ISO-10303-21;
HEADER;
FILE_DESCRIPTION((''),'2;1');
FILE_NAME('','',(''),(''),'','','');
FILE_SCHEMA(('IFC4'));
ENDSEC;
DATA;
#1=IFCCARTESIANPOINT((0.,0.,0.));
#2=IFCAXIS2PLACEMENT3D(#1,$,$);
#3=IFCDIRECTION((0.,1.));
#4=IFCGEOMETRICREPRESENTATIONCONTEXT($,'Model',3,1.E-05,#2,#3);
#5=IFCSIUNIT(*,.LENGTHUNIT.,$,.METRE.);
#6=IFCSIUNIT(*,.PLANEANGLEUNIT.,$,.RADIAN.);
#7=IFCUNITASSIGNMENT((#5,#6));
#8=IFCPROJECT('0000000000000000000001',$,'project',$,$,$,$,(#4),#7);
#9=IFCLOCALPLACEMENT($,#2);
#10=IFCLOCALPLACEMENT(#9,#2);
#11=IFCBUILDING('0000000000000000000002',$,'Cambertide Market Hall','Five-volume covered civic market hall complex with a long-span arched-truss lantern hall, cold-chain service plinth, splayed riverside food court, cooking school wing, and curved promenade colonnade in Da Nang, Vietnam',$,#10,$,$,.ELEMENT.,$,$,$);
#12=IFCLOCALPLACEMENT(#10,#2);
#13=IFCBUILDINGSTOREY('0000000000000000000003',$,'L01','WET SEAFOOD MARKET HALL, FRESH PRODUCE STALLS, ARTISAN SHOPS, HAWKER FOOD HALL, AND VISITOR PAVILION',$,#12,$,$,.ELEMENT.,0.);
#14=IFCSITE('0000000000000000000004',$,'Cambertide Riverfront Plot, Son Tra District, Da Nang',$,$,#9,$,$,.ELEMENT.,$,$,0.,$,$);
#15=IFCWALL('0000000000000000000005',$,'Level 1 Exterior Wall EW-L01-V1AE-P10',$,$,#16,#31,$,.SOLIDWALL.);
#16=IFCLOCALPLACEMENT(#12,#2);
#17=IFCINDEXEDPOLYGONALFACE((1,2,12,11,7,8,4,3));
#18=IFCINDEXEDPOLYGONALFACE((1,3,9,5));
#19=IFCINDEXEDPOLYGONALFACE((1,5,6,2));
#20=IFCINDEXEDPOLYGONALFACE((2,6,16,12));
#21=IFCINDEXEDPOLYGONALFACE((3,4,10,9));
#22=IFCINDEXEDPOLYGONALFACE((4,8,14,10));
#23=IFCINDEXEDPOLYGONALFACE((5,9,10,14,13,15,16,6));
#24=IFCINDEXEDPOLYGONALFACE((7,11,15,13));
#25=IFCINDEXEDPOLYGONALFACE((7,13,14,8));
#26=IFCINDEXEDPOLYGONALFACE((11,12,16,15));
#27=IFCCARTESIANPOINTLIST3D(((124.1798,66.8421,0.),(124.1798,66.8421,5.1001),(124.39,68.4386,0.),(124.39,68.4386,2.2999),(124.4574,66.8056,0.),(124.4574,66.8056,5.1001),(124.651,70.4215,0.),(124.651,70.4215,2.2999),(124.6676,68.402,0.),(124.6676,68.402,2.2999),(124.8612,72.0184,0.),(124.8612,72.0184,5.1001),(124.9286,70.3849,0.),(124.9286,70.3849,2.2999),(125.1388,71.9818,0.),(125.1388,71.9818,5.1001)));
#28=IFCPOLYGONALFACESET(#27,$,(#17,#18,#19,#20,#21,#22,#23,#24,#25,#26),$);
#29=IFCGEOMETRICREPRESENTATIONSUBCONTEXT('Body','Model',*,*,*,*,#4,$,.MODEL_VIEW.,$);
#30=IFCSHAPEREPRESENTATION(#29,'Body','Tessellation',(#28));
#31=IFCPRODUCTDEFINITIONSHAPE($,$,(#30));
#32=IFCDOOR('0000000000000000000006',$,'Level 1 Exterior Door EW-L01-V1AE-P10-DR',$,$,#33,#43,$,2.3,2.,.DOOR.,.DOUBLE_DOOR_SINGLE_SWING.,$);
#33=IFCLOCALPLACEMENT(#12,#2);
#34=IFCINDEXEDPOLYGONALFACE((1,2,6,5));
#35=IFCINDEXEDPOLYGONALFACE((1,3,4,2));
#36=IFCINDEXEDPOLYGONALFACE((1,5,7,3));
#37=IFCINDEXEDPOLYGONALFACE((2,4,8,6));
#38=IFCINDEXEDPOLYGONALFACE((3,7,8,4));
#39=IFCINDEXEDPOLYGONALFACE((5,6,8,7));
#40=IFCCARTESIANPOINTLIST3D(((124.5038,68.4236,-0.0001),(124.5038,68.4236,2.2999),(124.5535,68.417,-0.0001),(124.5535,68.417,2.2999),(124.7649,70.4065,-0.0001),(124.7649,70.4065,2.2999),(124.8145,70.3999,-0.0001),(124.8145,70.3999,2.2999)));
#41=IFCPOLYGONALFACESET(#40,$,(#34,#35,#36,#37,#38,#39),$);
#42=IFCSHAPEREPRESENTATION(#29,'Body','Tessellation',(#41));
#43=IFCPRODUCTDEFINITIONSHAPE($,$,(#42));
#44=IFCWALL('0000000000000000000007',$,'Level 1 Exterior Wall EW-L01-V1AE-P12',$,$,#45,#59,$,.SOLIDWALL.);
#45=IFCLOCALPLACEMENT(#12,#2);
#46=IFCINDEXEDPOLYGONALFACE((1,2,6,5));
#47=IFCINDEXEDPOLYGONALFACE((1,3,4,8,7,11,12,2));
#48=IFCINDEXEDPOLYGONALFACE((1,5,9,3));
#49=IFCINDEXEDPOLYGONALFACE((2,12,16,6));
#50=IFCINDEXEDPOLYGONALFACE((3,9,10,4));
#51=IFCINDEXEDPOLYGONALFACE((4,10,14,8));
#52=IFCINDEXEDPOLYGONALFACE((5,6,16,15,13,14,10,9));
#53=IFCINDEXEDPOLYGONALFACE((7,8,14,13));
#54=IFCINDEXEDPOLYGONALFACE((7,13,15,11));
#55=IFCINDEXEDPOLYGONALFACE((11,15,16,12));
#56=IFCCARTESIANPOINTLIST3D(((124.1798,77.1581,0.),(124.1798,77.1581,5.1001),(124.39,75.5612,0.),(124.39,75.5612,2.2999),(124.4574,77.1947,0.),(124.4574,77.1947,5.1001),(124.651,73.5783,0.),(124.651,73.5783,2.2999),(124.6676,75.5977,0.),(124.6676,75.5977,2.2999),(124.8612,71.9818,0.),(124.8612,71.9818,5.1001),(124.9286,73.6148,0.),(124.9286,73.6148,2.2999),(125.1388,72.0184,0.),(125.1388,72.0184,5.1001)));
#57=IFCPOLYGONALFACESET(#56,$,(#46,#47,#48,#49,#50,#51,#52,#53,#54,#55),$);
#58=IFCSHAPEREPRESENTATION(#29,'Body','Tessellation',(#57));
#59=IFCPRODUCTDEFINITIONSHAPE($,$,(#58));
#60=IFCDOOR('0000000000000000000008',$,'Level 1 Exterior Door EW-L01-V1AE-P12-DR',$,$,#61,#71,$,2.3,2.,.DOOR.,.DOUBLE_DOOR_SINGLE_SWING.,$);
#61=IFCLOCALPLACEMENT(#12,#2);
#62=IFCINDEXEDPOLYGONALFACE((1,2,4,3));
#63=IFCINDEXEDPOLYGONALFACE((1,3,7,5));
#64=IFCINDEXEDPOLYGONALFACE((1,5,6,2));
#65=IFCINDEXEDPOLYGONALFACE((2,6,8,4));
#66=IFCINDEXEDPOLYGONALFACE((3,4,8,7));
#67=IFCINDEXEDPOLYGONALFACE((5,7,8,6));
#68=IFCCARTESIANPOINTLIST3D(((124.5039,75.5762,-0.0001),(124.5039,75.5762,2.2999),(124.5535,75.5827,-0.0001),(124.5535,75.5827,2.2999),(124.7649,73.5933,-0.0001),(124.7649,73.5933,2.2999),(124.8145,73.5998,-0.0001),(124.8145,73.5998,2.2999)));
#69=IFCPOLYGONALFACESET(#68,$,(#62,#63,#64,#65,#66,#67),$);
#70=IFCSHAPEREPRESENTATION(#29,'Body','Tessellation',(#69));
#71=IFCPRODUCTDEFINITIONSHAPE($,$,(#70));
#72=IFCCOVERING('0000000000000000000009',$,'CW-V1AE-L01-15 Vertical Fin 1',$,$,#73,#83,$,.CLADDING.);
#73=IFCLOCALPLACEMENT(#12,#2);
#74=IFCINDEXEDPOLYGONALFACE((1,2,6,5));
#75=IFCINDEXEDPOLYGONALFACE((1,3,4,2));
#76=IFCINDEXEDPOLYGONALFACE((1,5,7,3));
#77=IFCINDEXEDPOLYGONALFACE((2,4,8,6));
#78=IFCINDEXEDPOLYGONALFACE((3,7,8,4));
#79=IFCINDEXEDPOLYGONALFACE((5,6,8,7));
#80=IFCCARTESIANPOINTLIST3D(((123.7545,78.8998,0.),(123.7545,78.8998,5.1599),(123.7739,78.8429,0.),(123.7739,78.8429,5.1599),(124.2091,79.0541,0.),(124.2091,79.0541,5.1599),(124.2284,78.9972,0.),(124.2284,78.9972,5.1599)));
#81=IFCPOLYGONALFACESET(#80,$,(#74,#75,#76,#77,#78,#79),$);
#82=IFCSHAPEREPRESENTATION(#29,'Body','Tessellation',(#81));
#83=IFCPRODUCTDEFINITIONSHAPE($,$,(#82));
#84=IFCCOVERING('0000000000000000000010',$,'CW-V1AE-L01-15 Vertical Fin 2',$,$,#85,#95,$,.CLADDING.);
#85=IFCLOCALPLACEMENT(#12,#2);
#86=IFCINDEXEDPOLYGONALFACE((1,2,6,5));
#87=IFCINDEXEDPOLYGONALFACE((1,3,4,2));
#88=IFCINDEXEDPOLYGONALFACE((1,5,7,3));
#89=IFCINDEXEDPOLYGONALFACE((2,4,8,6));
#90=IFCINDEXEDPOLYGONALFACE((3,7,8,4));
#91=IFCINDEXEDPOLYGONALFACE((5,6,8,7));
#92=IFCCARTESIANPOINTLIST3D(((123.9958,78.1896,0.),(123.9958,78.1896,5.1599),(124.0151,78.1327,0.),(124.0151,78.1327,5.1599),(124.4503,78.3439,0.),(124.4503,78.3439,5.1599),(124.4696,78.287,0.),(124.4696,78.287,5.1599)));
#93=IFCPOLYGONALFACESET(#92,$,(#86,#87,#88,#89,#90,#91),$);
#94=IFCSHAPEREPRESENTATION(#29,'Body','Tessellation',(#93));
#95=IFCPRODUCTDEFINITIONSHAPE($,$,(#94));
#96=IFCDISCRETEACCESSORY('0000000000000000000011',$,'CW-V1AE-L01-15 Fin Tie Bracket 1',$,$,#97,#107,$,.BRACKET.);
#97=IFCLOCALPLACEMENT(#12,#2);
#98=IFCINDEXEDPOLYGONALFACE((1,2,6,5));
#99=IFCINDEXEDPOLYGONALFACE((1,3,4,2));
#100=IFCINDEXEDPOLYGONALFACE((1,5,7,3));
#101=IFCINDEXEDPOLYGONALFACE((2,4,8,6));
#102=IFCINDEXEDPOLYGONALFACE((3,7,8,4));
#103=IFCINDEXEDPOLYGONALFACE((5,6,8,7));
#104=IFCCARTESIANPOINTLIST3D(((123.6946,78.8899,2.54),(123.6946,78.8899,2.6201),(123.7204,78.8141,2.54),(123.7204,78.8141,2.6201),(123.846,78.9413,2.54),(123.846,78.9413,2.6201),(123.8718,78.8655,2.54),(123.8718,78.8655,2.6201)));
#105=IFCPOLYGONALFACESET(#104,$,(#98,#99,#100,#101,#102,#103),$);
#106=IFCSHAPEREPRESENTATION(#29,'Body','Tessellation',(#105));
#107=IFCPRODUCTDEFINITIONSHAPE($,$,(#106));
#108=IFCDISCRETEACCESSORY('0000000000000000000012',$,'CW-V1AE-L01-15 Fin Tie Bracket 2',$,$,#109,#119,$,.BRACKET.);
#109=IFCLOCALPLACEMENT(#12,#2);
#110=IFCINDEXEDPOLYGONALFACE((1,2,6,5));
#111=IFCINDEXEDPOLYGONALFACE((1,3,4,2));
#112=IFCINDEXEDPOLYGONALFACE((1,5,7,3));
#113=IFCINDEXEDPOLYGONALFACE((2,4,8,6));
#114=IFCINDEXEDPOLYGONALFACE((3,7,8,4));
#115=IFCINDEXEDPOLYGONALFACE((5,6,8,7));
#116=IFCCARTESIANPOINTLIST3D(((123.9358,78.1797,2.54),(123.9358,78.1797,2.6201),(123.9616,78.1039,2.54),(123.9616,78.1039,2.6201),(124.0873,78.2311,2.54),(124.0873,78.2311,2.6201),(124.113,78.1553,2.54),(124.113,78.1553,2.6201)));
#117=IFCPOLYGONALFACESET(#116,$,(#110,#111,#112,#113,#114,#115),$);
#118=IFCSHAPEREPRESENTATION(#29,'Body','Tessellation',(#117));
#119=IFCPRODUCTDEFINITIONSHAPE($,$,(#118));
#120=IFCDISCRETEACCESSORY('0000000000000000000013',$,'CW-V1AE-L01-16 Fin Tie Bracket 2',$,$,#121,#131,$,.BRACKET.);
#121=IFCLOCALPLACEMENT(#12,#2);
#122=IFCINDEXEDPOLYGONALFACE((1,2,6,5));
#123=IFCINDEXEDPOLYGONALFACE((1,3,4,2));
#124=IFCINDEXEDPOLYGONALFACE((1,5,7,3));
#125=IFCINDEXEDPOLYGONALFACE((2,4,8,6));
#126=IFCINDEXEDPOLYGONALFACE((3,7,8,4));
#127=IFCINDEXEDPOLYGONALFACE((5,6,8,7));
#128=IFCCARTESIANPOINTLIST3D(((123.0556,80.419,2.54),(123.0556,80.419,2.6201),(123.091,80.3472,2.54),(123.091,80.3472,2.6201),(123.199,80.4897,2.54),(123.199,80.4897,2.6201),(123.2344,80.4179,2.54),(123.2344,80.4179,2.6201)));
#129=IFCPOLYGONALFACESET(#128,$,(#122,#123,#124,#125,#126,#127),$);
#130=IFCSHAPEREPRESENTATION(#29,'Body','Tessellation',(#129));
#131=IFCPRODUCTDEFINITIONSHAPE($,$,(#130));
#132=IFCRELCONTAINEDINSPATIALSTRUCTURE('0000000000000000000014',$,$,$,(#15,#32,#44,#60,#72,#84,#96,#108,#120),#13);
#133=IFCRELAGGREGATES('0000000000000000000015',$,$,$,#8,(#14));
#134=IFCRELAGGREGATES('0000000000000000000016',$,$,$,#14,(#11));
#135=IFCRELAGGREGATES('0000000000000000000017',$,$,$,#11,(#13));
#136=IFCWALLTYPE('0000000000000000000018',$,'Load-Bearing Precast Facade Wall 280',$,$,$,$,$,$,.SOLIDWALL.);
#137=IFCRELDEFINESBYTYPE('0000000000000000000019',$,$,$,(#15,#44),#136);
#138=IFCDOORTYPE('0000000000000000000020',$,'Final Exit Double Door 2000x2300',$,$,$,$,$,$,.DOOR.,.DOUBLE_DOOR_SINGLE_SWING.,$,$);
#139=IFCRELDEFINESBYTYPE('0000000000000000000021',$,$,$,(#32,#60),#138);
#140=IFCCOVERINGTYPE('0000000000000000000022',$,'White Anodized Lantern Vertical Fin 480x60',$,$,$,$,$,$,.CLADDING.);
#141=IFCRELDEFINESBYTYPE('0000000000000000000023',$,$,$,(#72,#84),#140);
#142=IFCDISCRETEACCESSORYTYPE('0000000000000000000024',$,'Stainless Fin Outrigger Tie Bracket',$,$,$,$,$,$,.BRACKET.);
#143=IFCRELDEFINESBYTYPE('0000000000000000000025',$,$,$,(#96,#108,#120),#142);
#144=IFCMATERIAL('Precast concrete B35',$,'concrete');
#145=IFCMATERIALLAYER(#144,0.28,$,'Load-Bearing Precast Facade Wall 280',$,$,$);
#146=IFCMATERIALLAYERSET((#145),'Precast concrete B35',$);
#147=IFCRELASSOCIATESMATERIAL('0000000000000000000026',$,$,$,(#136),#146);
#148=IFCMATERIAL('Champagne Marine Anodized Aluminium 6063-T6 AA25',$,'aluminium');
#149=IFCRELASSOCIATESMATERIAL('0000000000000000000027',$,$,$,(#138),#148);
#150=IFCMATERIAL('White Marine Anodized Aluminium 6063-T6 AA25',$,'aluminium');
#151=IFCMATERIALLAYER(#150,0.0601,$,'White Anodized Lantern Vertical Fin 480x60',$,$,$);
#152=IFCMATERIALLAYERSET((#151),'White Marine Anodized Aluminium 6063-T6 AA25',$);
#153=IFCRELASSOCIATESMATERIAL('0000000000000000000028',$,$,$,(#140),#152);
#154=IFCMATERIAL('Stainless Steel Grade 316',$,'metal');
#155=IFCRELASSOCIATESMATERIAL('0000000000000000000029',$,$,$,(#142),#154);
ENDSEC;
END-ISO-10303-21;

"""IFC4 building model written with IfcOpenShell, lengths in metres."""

from ifc_helpers import new_model, si_unit, direction, frame, frame_2d, origin, origin_2d, place, context, subcontext, project, spatial, rectangle, extrude, material, layer, layer_set, type_object, element, fill, save


model = new_model("IFC4")

# Units and contexts
model_context = context("Model", 3, precision=1e-05, world=origin(), true_north=direction((0.0, 1.0)))
body_context = subcontext(model_context, "Body", "Model", "MODEL_VIEW")
ifc_project = project(units=[si_unit("LENGTHUNIT", "METRE"), si_unit("PLANEANGLEUNIT", "RADIAN")], contexts=[model_context])

# Site, building, storey
site_placement = place(None, origin())
site = spatial("IfcSite", under=ifc_project, at=site_placement, Name="Cambertide Riverfront Plot, Son Tra District, Da Nang", CompositionType="ELEMENT", RefElevation=0.0)
building_placement = place(site_placement, origin())
building = spatial("IfcBuilding", under=site, at=building_placement, Name="Cambertide Market Hall", Description="Five-volume covered civic market hall complex with a long-span arched-truss lantern hall, cold-chain service plinth, splayed riverside food court, cooking school wing, and curved promenade colonnade in Da Nang, Vietnam", CompositionType="ELEMENT")
storey_placement = place(building_placement, origin())
storey = spatial("IfcBuildingStorey", under=building, at=storey_placement, Name="L01", Description="WET SEAFOOD MARKET HALL, FRESH PRODUCE STALLS, ARTISAN SHOPS, HAWKER FOOD HALL, AND VISITOR PAVILION", CompositionType="ELEMENT", Elevation=0.0)

# Walls, openings, doors
ifc_material_1 = material(Name="Precast concrete B35", Category="concrete")
ifc_layer_1 = layer(ifc_material_1, 0.28, Name="Load-Bearing Precast Facade Wall 280")
ifc_layer_set_1 = layer_set([ifc_layer_1], Name="Precast concrete B35")
wall_type = type_object("IfcWallType", Name="Load-Bearing Precast Facade Wall 280", PredefinedType="SOLIDWALL", material=ifc_layer_set_1)
wall_1_placement = place(storey_placement, frame((125.0, 72.0, 0.0), z_axis=(0.0, 0.0, 1.0), x_axis=(-0.130513, -0.991447, 0.0)))
wall_1 = element("IfcWall", 1, at=wall_1_placement, inside=storey, type_object=wall_type, Name="Level 1 Exterior Wall EW-L01-V1AE-P10", PredefinedType="SOLIDWALL", context=body_context, shape_type="SweptSolid", body=[
    extrude(rectangle(XDim=5.2209, YDim=0.28, at=frame_2d((2.6104, 0.0))), origin(), (0.0, 0.0, 1.0), 5.1001),
])
opening_1_placement = place(wall_1_placement, frame((1.6106, 0.0, 0.0)))
opening_1 = element("IfcOpeningElement", 2, at=opening_1_placement, cuts=wall_1, PredefinedType="OPENING", context=body_context, shape_type="SweptSolid", body=[
    extrude(rectangle(XDim=2.0, YDim=2.3, at=frame_2d((1.0, 1.1499))), frame((0.0, 0.1499, 0.0), z_axis=(0.0, -1.0, 0.0), x_axis=(1.0, 0.0, 0.0)), (0.0, 0.0, 1.0), 0.3),
])
ifc_material_2 = material(Name="Champagne Marine Anodized Aluminium 6063-T6 AA25", Category="aluminium")
door_type = type_object("IfcDoorType", Name="Final Exit Double Door 2000x2300", OperationType="DOUBLE_DOOR_SINGLE_SWING", PredefinedType="DOOR", material=ifc_material_2)
door_1_placement = place(opening_1_placement, origin())
door_1 = element("IfcDoor", 3, at=door_1_placement, inside=storey, type_object=door_type, Name="Level 1 Exterior Door EW-L01-V1AE-P10-DR", OperationType="DOUBLE_DOOR_SINGLE_SWING", OverallHeight=2.3, OverallWidth=2.0, PredefinedType="DOOR", context=body_context, shape_type="SweptSolid", body=[
    extrude(rectangle(XDim=2.0, YDim=2.3, at=frame_2d((1.0, 1.1499))), frame((0.0, 0.0249, 0.0), z_axis=(0.0, -1.0, 0.0), x_axis=(1.0, 0.0, 0.0)), (0.0, 0.0, 1.0), 0.05),
])
fill(opening_1, door_1)
wall_2_placement = place(storey_placement, frame((124.3186, 77.1763, 0.0), z_axis=(0.0, 0.0, 1.0), x_axis=(0.130513, -0.991447, 0.0)))
wall_2 = element("IfcWall", 4, at=wall_2_placement, inside=storey, type_object=wall_type, Name="Level 1 Exterior Wall EW-L01-V1AE-P12", PredefinedType="SOLIDWALL", context=body_context, shape_type="SweptSolid", body=[
    extrude(rectangle(XDim=5.2209, YDim=0.28, at=frame_2d((2.6104, 0.0))), origin(), (0.0, 0.0, 1.0), 5.1001),
])
opening_2_placement = place(wall_2_placement, frame((1.6106, 0.0, 0.0)))
opening_2 = element("IfcOpeningElement", 5, at=opening_2_placement, cuts=wall_2, PredefinedType="OPENING", context=body_context, shape_type="SweptSolid", body=[
    extrude(rectangle(XDim=2.0, YDim=2.3, at=frame_2d((1.0, 1.1499))), frame((0.0, 0.1499, 0.0), z_axis=(0.0, -1.0, 0.0), x_axis=(1.0, 0.0, 0.0)), (0.0, 0.0, 1.0), 0.3),
])
door_2_placement = place(opening_2_placement, origin())
door_2 = element("IfcDoor", 6, at=door_2_placement, inside=storey, type_object=door_type, Name="Level 1 Exterior Door EW-L01-V1AE-P12-DR", OperationType="DOUBLE_DOOR_SINGLE_SWING", OverallHeight=2.3, OverallWidth=2.0, PredefinedType="DOOR", context=body_context, shape_type="SweptSolid", body=[
    extrude(rectangle(XDim=2.0, YDim=2.3, at=frame_2d((1.0, 1.1499))), frame((0.0, 0.0249, 0.0), z_axis=(0.0, -1.0, 0.0), x_axis=(1.0, 0.0, 0.0)), (0.0, 0.0, 1.0), 0.05),
])
fill(opening_2, door_2)

# Coverings
ifc_material_3 = material(Name="White Marine Anodized Aluminium 6063-T6 AA25", Category="aluminium")
ifc_layer_2 = layer(ifc_material_3, 0.0601, Name="White Anodized Lantern Vertical Fin 480x60")
ifc_layer_set_2 = layer_set([ifc_layer_2], Name="White Marine Anodized Aluminium 6063-T6 AA25")
covering_type = type_object("IfcCoveringType", Name="White Anodized Lantern Vertical Fin 480x60", PredefinedType="CLADDING", material=ifc_layer_set_2)
for number, where, z_axis, x_axis, name in (
    (7, (123.9915, 78.9485, 0.0), (0.0, 0.0, 1.0), (0.321439, -0.94693, 0.0), "CW-V1AE-L01-15 Vertical Fin 1"),
    (8, (124.2327, 78.2383, 0.0), (0.0, 0.0, 1.0), (0.321439, -0.94693, 0.0), "CW-V1AE-L01-15 Vertical Fin 2"),
):
    element("IfcCovering", number, at=place(storey_placement, frame(where, z_axis=z_axis, x_axis=x_axis)), inside=storey, type_object=covering_type, Name=name, PredefinedType="CLADDING", context=body_context, shape_type="SweptSolid", body=[
        extrude(rectangle(XDim=0.0601, YDim=0.48, at=origin_2d()), origin(), (0.0, 0.0, 1.0), 5.1599),
    ])

# Discrete accessories
ifc_material_4 = material(Name="Stainless Steel Grade 316", Category="metal")
discrete_accessory_type = type_object("IfcDiscreteAccessoryType", Name="Stainless Fin Outrigger Tie Bracket", PredefinedType="BRACKET", material=ifc_material_4)
for number, where, z_axis, x_axis, name in (
    (9, (123.7832, 78.8777, 2.54), (0.0, 0.0, 1.0), (0.321439, -0.94693, 0.0), "CW-V1AE-L01-15 Fin Tie Bracket 1"),
    (10, (124.0244, 78.1675, 2.54), (0.0, 0.0, 1.0), (0.321439, -0.94693, 0.0), "CW-V1AE-L01-15 Fin Tie Bracket 2"),
    (11, (123.145, 80.4185, 2.54), (0.0, 0.0, 1.0), (0.442289, -0.896873, 0.0), "CW-V1AE-L01-16 Fin Tie Bracket 2"),
):
    element("IfcDiscreteAccessory", number, at=place(storey_placement, frame(where, z_axis=z_axis, x_axis=x_axis)), inside=storey, type_object=discrete_accessory_type, Name=name, PredefinedType="BRACKET", context=body_context, shape_type="SweptSolid", body=[
        extrude(rectangle(XDim=0.0801, YDim=0.1599, at=origin_2d()), origin(), (0.0, 0.0, 1.0), 0.0801),
    ])

save(model, "model.ifc")
